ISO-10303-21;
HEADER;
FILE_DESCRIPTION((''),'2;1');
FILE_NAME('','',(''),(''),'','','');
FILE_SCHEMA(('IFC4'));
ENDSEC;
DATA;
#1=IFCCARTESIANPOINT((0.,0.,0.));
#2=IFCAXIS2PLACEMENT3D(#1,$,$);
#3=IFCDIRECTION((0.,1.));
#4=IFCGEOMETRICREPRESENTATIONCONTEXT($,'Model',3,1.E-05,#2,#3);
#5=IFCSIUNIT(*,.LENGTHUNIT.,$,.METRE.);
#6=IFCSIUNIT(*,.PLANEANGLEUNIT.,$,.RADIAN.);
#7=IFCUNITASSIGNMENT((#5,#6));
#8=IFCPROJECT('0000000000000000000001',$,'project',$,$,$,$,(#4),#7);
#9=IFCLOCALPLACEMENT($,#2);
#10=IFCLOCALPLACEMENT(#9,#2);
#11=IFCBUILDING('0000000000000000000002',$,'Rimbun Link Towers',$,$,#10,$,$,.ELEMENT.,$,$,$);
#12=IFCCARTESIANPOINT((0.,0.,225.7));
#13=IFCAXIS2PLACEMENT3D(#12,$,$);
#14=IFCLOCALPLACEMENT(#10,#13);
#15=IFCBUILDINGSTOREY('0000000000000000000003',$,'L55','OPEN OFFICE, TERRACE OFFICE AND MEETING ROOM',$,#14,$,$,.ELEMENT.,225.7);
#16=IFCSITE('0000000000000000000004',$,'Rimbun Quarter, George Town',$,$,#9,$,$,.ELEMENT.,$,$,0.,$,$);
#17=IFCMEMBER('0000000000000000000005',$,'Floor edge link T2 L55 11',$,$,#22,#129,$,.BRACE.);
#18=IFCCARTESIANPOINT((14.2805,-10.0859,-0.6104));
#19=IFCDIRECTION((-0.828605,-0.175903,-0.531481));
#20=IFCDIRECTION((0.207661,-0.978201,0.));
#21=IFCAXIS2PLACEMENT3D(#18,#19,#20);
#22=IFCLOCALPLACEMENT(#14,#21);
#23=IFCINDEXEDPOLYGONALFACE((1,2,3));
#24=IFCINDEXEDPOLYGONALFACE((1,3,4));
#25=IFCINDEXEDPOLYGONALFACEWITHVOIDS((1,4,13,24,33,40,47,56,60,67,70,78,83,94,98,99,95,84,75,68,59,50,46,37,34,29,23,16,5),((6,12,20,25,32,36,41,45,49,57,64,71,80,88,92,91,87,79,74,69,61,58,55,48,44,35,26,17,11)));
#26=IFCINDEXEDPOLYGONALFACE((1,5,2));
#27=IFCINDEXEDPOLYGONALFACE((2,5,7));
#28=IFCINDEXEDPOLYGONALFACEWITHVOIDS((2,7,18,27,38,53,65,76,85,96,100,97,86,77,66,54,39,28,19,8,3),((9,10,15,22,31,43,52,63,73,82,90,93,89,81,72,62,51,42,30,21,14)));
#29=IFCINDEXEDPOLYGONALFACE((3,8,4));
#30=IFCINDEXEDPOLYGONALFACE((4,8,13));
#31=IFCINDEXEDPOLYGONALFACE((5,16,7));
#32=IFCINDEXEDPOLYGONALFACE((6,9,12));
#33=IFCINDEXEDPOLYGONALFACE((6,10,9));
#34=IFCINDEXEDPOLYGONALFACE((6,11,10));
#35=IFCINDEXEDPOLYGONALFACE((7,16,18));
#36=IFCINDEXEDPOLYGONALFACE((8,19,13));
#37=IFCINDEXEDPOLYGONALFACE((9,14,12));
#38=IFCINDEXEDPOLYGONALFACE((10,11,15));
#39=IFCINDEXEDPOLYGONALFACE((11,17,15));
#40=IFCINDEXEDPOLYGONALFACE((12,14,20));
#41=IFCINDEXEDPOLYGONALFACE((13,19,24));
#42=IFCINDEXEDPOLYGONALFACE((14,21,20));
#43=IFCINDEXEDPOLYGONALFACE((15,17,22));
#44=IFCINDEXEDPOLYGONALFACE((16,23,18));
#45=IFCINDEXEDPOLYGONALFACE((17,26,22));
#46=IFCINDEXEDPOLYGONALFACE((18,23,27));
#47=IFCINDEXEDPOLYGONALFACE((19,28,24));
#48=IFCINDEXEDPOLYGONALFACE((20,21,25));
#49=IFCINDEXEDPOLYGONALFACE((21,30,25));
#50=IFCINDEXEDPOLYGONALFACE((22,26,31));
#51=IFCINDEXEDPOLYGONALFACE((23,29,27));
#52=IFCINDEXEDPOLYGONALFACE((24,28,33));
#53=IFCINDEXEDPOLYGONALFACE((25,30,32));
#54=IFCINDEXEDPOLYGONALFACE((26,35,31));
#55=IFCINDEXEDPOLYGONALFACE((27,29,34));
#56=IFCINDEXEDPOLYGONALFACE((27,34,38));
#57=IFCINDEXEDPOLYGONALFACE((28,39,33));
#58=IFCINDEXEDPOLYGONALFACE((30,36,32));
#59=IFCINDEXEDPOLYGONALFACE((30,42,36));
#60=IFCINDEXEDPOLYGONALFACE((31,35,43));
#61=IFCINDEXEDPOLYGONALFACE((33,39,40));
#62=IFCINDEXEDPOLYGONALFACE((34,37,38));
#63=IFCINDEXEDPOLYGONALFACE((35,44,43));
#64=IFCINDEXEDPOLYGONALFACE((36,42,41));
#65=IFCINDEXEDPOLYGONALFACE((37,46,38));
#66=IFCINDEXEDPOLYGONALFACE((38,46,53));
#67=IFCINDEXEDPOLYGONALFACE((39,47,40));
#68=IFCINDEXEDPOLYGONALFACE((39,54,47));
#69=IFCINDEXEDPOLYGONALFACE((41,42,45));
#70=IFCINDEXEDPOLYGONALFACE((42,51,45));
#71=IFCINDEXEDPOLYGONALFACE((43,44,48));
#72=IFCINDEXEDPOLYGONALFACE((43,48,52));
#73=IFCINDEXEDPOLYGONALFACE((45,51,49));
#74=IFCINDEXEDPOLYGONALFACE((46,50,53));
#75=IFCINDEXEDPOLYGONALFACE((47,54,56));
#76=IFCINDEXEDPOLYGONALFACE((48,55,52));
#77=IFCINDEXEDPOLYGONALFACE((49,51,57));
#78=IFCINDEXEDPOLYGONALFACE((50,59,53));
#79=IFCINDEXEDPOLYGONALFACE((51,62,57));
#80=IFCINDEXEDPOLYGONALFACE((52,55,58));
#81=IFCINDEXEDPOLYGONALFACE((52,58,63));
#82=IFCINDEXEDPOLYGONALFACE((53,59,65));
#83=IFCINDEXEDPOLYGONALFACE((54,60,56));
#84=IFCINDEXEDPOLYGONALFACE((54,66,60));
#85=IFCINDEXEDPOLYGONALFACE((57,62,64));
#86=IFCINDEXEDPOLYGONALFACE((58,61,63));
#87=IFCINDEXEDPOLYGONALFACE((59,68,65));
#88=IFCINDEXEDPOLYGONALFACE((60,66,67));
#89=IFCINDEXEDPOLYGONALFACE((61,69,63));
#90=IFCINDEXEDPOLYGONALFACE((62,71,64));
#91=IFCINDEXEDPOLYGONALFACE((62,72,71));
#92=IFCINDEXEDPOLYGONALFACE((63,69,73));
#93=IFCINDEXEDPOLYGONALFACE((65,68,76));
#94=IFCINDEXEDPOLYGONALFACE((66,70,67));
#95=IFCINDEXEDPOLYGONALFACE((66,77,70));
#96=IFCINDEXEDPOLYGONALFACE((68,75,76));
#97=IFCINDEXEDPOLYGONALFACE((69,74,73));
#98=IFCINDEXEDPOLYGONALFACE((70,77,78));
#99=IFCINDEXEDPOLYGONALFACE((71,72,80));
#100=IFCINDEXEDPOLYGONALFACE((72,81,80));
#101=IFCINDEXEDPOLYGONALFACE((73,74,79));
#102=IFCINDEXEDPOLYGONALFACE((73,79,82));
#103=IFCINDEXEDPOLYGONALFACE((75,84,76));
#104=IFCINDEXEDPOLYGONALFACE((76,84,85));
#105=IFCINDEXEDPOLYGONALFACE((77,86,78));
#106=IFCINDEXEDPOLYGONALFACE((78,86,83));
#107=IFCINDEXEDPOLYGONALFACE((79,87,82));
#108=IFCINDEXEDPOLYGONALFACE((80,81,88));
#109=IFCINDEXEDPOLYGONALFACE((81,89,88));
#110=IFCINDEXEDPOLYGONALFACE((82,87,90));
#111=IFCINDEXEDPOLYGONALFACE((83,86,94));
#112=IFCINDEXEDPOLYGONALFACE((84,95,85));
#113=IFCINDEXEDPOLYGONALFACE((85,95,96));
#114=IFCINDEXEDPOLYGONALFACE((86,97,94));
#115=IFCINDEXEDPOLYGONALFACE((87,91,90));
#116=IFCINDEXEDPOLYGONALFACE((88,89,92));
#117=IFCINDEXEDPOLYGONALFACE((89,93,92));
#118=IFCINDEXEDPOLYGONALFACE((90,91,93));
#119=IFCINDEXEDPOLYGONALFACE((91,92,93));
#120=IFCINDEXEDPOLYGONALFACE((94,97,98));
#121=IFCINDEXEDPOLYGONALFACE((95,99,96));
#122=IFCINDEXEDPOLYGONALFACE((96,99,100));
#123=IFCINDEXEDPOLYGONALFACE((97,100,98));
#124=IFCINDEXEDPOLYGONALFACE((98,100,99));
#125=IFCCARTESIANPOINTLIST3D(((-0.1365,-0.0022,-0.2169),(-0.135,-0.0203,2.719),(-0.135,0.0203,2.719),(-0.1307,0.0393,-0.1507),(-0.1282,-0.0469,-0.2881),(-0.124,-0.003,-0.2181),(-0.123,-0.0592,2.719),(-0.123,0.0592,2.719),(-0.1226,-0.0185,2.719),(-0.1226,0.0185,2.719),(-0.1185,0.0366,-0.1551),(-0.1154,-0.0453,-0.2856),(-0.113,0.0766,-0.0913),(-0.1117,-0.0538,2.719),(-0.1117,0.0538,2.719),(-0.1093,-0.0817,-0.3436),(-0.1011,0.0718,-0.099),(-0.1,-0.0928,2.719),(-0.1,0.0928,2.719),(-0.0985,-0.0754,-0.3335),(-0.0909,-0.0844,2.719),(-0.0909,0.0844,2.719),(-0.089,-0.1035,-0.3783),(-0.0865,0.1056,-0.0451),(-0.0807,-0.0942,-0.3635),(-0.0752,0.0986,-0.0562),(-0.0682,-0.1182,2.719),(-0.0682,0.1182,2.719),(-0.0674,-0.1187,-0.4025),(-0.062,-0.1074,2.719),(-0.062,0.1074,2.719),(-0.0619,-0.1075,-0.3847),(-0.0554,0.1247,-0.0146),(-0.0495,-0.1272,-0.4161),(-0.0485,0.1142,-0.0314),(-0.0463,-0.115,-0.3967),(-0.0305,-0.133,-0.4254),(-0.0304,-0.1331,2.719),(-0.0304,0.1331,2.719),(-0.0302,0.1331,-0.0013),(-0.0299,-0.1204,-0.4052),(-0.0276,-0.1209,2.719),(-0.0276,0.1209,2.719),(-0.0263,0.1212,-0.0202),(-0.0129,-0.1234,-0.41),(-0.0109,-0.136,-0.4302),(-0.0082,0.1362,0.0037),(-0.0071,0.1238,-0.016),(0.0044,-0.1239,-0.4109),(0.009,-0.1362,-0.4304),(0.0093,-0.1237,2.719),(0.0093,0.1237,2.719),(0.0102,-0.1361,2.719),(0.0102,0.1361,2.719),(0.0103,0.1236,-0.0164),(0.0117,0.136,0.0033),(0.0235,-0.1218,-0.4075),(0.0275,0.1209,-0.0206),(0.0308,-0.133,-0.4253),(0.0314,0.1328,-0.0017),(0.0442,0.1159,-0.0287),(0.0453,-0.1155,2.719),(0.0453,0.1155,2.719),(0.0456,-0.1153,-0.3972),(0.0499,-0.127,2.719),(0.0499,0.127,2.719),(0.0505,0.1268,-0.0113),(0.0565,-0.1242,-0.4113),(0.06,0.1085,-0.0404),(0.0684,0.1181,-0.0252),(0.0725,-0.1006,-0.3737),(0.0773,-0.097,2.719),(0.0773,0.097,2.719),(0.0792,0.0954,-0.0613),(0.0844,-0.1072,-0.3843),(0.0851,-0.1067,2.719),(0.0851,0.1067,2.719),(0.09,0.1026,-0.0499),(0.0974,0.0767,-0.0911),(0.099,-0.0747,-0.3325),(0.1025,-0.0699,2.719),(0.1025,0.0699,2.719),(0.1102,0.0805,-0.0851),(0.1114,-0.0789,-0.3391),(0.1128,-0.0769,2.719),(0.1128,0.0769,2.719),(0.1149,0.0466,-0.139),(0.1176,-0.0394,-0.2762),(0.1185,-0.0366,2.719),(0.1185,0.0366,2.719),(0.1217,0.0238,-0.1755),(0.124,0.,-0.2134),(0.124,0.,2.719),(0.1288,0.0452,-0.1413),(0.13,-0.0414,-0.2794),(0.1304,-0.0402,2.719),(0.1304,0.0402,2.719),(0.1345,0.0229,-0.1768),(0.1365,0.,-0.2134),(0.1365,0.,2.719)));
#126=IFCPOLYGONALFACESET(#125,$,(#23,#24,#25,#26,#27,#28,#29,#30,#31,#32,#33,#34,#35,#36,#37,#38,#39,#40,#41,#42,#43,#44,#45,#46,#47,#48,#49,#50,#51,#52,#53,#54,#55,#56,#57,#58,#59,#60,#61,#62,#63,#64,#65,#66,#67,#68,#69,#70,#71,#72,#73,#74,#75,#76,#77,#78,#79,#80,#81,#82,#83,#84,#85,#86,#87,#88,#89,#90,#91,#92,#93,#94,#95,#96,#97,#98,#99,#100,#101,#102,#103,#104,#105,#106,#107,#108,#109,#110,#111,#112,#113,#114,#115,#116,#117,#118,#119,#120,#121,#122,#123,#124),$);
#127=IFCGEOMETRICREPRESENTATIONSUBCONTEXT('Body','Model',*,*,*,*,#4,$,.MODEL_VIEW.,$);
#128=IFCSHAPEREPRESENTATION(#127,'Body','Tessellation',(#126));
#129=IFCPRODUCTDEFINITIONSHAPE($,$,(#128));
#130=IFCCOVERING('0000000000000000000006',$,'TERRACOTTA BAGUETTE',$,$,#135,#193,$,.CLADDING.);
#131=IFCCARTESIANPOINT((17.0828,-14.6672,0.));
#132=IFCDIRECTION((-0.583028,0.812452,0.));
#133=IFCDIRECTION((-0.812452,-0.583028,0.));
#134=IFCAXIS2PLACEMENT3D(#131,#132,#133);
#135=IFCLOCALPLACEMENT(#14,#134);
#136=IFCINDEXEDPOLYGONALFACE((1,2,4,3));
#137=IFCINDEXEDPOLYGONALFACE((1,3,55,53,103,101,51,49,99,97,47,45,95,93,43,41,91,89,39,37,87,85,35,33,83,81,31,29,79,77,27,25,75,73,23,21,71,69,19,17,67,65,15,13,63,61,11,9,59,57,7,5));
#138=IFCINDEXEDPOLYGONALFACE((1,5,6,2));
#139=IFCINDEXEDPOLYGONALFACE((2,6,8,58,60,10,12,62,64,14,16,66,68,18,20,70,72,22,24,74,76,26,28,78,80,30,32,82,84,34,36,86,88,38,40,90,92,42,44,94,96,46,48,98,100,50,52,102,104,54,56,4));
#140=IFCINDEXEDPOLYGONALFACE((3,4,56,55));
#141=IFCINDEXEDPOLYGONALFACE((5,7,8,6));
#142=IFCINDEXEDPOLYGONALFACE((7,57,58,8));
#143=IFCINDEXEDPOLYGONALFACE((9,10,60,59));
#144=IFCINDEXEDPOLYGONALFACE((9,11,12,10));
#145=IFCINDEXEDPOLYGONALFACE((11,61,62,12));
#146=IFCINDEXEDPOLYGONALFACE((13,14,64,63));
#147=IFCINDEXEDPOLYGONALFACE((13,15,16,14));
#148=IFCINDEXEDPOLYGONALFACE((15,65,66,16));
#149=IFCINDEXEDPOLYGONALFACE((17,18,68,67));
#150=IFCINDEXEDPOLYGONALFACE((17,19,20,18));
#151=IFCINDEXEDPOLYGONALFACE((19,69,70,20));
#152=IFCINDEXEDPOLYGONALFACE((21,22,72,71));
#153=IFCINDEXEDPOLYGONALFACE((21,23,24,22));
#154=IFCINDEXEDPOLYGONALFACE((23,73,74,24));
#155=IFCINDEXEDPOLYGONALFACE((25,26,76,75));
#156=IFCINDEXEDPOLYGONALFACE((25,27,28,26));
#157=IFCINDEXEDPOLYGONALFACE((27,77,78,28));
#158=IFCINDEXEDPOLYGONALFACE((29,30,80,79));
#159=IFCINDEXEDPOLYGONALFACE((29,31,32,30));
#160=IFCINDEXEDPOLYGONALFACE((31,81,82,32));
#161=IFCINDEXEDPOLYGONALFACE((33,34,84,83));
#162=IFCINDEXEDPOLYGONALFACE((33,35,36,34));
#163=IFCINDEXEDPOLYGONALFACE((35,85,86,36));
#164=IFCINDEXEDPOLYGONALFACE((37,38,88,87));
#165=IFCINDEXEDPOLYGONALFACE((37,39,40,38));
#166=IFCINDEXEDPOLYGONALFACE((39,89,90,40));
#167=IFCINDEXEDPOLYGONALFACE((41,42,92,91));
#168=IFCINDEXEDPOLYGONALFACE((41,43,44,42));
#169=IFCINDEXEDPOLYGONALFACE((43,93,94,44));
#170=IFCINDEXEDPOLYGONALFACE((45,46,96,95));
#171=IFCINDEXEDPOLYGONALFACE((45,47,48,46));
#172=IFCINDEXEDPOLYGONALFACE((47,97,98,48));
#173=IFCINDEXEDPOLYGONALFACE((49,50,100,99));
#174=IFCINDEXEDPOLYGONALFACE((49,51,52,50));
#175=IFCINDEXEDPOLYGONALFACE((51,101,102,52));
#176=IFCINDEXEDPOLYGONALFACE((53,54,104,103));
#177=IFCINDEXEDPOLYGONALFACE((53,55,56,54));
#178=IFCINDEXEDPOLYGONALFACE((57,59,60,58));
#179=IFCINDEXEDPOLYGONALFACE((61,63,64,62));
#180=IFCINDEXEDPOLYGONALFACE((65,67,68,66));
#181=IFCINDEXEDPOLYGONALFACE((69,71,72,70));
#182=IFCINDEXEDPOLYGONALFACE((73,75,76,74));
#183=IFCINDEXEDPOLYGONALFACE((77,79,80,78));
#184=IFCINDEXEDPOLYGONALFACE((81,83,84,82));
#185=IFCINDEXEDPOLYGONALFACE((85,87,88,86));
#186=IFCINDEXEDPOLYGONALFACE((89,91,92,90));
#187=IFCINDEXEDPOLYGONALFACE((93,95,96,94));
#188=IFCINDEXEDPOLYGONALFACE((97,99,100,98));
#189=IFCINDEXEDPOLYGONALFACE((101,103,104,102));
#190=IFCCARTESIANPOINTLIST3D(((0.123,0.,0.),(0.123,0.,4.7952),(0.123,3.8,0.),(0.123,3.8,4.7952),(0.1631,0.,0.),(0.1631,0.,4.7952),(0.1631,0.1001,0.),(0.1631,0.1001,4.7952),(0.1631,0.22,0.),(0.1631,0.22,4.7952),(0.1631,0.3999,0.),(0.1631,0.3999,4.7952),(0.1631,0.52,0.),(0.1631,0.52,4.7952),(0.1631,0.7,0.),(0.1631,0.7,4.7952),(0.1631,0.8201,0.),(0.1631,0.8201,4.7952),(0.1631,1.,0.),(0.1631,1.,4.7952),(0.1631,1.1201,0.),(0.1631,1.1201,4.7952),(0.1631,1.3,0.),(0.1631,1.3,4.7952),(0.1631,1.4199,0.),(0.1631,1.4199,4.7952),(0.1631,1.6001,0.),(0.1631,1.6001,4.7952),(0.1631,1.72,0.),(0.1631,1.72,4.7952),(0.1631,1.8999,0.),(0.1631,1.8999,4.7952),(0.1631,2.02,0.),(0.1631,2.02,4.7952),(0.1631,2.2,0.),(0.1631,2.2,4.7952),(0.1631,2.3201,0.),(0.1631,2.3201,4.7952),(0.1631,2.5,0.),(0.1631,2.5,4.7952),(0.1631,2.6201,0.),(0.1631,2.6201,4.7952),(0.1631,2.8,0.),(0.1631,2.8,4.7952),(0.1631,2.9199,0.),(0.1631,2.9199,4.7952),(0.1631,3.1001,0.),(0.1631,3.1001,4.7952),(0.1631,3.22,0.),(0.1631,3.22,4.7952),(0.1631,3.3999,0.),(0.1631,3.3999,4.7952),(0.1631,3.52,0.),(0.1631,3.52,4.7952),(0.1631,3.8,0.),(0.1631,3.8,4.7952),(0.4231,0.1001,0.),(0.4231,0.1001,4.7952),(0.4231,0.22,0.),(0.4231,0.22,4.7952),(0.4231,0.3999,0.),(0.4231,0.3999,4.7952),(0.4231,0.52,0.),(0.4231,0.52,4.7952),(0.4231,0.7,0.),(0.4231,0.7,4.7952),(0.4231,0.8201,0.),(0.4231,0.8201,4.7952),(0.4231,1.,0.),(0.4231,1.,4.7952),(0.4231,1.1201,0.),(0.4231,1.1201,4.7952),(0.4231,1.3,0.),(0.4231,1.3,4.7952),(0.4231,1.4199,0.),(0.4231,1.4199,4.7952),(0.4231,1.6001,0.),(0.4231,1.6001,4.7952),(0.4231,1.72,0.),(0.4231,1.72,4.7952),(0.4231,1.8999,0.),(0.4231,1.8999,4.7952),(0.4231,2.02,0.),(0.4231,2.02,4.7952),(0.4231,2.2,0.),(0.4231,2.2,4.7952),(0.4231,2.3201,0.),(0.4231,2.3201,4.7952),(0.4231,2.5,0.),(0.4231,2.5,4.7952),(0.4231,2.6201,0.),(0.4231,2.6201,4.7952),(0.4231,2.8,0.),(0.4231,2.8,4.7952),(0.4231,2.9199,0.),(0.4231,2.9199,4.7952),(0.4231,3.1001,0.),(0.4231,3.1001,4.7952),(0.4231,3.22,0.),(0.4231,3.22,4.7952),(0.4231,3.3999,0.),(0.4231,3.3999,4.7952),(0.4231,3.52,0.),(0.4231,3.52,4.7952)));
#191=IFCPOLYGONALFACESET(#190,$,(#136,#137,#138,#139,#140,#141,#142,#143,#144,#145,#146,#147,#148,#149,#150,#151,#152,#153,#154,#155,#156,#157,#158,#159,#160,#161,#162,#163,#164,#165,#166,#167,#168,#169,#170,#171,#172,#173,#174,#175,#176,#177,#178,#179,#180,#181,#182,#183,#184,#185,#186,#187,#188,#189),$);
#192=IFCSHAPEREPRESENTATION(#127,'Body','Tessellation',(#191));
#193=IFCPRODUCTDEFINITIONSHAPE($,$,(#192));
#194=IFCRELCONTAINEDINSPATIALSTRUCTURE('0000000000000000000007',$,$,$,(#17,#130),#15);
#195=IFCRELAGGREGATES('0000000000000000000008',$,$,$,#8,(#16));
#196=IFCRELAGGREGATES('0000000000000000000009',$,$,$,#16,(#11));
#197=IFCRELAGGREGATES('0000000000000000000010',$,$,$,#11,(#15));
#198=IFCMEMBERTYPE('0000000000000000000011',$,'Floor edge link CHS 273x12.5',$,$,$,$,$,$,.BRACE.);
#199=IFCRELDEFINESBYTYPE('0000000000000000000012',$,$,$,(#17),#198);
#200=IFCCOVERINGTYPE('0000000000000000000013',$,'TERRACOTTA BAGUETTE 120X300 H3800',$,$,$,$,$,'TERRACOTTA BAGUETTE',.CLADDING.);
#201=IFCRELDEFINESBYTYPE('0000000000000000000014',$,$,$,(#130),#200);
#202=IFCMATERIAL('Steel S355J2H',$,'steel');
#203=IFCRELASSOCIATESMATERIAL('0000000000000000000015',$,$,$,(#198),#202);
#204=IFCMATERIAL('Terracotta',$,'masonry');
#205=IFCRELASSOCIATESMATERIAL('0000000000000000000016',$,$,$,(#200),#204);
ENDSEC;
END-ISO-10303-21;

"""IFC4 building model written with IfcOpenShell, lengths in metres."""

from ifc_helpers import new_model, si_unit, direction, frame, origin, origin_2d, place, context, subcontext, project, spatial, polyline, hollow_circle, outline, extrude, clip, halfspace, material, material_profile, profile_set, type_object, element, save


model = new_model("IFC4")

# Units and contexts
model_context = context("Model", 3, precision=1e-05, world=origin(), true_north=direction((0.0, 1.0)))
body_context = subcontext(model_context, "Body", "Model", "MODEL_VIEW")
ifc_project = project(units=[si_unit("LENGTHUNIT", "METRE"), si_unit("PLANEANGLEUNIT", "RADIAN")], contexts=[model_context])

# Site, building, storey
site_placement = place(None, origin())
site = spatial("IfcSite", under=ifc_project, at=site_placement, Name="Rimbun Quarter, George Town", CompositionType="ELEMENT", RefElevation=0.0)
building_placement = place(site_placement, origin())
building = spatial("IfcBuilding", under=site, at=building_placement, Name="Rimbun Link Towers", CompositionType="ELEMENT")
storey_placement = place(building_placement, frame((0.0, 0.0, 225.7)))
storey = spatial("IfcBuildingStorey", under=building, at=storey_placement, Name="L55", Description="OPEN OFFICE, TERRACE OFFICE AND MEETING ROOM", CompositionType="ELEMENT", Elevation=225.7)

# Member
ifc_material_1 = material(Name="Steel S355J2H", Category="steel")
ifc_material_profile_1 = material_profile(ifc_material_1, hollow_circle(Radius=0.1365, WallThickness=0.0125, at=origin_2d()), Name="CHS 273x12.5")
ifc_profile_set_1 = profile_set([ifc_material_profile_1], Name="Steel S355J2H")
member_type_1 = type_object("IfcMemberType", Name="Floor edge link CHS 273x12.5", PredefinedType="BRACE", material=ifc_profile_set_1)
member_1_placement = place(storey_placement, frame((14.2805, -10.0859, -0.6104), z_axis=(-0.828605, -0.175903, -0.531481), x_axis=(0.207661, -0.978201, 0.0)))
element("IfcMember", 1, at=member_1_placement, inside=storey, type_object=member_type_1, Name="Floor edge link T2 L55 11", PredefinedType="BRACE", context=body_context, shape_type="Clipping", body=[
    clip(extrude(hollow_circle(Radius=0.1365, WallThickness=0.0125, at=origin_2d()), frame((0.0, 0.0, -0.4539)), (0.0, 0.0, 1.0), 3.1729), halfspace(frame((0.0, 0.0, -0.2134), z_axis=(0.0, 0.84707, -0.531481)), False)),
])

# Covering
ifc_material_2 = material(Name="Terracotta", Category="masonry")
ifc_material_profile_2 = material_profile(ifc_material_2, outline(polyline([(0.123, 0.0), (0.1631, 0.0), (0.1631, 0.1001), (0.4231, 0.1001), (0.4231, 0.22), (0.1631, 0.22), (0.1631, 0.3999), (0.4231, 0.3999), (0.4231, 0.52), (0.1631, 0.52), (0.1631, 0.7), (0.4231, 0.7), (0.4231, 0.8201), (0.1631, 0.8201), (0.1631, 1.0), (0.4231, 1.0), (0.4231, 1.1201), (0.1631, 1.1201), (0.1631, 1.3), (0.4231, 1.3), (0.4231, 1.4199), (0.1631, 1.4199), (0.1631, 1.6001), (0.4231, 1.6001), (0.4231, 1.72), (0.1631, 1.72), (0.1631, 1.8999), (0.4231, 1.8999), (0.4231, 2.02), (0.1631, 2.02), (0.1631, 2.2), (0.4231, 2.2), (0.4231, 2.3201), (0.1631, 2.3201), (0.1631, 2.5), (0.4231, 2.5), (0.4231, 2.6201), (0.1631, 2.6201), (0.1631, 2.8), (0.4231, 2.8), (0.4231, 2.9199), (0.1631, 2.9199), (0.1631, 3.1001), (0.4231, 3.1001), (0.4231, 3.22), (0.1631, 3.22), (0.1631, 3.3999), (0.4231, 3.3999), (0.4231, 3.52), (0.1631, 3.52), (0.1631, 3.8), (0.123, 3.8), (0.123, 0.0)])), Name="BAGUETTE 120X300")
ifc_profile_set_2 = profile_set([ifc_material_profile_2], Name="Terracotta")
covering_type = type_object("IfcCoveringType", Name="TERRACOTTA BAGUETTE 120X300 H3800", ElementType="TERRACOTTA BAGUETTE", PredefinedType="CLADDING", material=ifc_profile_set_2)
covering_placement = place(storey_placement, frame((17.0828, -14.6672, 0.0), z_axis=(-0.583028, 0.812452, 0.0), x_axis=(-0.812452, -0.583028, 0.0)))
element("IfcCovering", 2, at=covering_placement, inside=storey, type_object=covering_type, Name="TERRACOTTA BAGUETTE", PredefinedType="CLADDING", context=body_context, shape_type="SweptSolid", body=[
    extrude(outline(polyline([(0.123, 0.0), (0.1631, 0.0), (0.1631, 0.1001), (0.4231, 0.1001), (0.4231, 0.22), (0.1631, 0.22), (0.1631, 0.3999), (0.4231, 0.3999), (0.4231, 0.52), (0.1631, 0.52), (0.1631, 0.7), (0.4231, 0.7), (0.4231, 0.8201), (0.1631, 0.8201), (0.1631, 1.0), (0.4231, 1.0), (0.4231, 1.1201), (0.1631, 1.1201), (0.1631, 1.3), (0.4231, 1.3), (0.4231, 1.4199), (0.1631, 1.4199), (0.1631, 1.6001), (0.4231, 1.6001), (0.4231, 1.72), (0.1631, 1.72), (0.1631, 1.8999), (0.4231, 1.8999), (0.4231, 2.02), (0.1631, 2.02), (0.1631, 2.2), (0.4231, 2.2), (0.4231, 2.3201), (0.1631, 2.3201), (0.1631, 2.5), (0.4231, 2.5), (0.4231, 2.6201), (0.1631, 2.6201), (0.1631, 2.8), (0.4231, 2.8), (0.4231, 2.9199), (0.1631, 2.9199), (0.1631, 3.1001), (0.4231, 3.1001), (0.4231, 3.22), (0.1631, 3.22), (0.1631, 3.3999), (0.4231, 3.3999), (0.4231, 3.52), (0.1631, 3.52), (0.1631, 3.8), (0.123, 3.8), (0.123, 0.0)])), origin(), (0.0, 0.0, 1.0), 4.7952),
])

save(model, "model.ifc")
